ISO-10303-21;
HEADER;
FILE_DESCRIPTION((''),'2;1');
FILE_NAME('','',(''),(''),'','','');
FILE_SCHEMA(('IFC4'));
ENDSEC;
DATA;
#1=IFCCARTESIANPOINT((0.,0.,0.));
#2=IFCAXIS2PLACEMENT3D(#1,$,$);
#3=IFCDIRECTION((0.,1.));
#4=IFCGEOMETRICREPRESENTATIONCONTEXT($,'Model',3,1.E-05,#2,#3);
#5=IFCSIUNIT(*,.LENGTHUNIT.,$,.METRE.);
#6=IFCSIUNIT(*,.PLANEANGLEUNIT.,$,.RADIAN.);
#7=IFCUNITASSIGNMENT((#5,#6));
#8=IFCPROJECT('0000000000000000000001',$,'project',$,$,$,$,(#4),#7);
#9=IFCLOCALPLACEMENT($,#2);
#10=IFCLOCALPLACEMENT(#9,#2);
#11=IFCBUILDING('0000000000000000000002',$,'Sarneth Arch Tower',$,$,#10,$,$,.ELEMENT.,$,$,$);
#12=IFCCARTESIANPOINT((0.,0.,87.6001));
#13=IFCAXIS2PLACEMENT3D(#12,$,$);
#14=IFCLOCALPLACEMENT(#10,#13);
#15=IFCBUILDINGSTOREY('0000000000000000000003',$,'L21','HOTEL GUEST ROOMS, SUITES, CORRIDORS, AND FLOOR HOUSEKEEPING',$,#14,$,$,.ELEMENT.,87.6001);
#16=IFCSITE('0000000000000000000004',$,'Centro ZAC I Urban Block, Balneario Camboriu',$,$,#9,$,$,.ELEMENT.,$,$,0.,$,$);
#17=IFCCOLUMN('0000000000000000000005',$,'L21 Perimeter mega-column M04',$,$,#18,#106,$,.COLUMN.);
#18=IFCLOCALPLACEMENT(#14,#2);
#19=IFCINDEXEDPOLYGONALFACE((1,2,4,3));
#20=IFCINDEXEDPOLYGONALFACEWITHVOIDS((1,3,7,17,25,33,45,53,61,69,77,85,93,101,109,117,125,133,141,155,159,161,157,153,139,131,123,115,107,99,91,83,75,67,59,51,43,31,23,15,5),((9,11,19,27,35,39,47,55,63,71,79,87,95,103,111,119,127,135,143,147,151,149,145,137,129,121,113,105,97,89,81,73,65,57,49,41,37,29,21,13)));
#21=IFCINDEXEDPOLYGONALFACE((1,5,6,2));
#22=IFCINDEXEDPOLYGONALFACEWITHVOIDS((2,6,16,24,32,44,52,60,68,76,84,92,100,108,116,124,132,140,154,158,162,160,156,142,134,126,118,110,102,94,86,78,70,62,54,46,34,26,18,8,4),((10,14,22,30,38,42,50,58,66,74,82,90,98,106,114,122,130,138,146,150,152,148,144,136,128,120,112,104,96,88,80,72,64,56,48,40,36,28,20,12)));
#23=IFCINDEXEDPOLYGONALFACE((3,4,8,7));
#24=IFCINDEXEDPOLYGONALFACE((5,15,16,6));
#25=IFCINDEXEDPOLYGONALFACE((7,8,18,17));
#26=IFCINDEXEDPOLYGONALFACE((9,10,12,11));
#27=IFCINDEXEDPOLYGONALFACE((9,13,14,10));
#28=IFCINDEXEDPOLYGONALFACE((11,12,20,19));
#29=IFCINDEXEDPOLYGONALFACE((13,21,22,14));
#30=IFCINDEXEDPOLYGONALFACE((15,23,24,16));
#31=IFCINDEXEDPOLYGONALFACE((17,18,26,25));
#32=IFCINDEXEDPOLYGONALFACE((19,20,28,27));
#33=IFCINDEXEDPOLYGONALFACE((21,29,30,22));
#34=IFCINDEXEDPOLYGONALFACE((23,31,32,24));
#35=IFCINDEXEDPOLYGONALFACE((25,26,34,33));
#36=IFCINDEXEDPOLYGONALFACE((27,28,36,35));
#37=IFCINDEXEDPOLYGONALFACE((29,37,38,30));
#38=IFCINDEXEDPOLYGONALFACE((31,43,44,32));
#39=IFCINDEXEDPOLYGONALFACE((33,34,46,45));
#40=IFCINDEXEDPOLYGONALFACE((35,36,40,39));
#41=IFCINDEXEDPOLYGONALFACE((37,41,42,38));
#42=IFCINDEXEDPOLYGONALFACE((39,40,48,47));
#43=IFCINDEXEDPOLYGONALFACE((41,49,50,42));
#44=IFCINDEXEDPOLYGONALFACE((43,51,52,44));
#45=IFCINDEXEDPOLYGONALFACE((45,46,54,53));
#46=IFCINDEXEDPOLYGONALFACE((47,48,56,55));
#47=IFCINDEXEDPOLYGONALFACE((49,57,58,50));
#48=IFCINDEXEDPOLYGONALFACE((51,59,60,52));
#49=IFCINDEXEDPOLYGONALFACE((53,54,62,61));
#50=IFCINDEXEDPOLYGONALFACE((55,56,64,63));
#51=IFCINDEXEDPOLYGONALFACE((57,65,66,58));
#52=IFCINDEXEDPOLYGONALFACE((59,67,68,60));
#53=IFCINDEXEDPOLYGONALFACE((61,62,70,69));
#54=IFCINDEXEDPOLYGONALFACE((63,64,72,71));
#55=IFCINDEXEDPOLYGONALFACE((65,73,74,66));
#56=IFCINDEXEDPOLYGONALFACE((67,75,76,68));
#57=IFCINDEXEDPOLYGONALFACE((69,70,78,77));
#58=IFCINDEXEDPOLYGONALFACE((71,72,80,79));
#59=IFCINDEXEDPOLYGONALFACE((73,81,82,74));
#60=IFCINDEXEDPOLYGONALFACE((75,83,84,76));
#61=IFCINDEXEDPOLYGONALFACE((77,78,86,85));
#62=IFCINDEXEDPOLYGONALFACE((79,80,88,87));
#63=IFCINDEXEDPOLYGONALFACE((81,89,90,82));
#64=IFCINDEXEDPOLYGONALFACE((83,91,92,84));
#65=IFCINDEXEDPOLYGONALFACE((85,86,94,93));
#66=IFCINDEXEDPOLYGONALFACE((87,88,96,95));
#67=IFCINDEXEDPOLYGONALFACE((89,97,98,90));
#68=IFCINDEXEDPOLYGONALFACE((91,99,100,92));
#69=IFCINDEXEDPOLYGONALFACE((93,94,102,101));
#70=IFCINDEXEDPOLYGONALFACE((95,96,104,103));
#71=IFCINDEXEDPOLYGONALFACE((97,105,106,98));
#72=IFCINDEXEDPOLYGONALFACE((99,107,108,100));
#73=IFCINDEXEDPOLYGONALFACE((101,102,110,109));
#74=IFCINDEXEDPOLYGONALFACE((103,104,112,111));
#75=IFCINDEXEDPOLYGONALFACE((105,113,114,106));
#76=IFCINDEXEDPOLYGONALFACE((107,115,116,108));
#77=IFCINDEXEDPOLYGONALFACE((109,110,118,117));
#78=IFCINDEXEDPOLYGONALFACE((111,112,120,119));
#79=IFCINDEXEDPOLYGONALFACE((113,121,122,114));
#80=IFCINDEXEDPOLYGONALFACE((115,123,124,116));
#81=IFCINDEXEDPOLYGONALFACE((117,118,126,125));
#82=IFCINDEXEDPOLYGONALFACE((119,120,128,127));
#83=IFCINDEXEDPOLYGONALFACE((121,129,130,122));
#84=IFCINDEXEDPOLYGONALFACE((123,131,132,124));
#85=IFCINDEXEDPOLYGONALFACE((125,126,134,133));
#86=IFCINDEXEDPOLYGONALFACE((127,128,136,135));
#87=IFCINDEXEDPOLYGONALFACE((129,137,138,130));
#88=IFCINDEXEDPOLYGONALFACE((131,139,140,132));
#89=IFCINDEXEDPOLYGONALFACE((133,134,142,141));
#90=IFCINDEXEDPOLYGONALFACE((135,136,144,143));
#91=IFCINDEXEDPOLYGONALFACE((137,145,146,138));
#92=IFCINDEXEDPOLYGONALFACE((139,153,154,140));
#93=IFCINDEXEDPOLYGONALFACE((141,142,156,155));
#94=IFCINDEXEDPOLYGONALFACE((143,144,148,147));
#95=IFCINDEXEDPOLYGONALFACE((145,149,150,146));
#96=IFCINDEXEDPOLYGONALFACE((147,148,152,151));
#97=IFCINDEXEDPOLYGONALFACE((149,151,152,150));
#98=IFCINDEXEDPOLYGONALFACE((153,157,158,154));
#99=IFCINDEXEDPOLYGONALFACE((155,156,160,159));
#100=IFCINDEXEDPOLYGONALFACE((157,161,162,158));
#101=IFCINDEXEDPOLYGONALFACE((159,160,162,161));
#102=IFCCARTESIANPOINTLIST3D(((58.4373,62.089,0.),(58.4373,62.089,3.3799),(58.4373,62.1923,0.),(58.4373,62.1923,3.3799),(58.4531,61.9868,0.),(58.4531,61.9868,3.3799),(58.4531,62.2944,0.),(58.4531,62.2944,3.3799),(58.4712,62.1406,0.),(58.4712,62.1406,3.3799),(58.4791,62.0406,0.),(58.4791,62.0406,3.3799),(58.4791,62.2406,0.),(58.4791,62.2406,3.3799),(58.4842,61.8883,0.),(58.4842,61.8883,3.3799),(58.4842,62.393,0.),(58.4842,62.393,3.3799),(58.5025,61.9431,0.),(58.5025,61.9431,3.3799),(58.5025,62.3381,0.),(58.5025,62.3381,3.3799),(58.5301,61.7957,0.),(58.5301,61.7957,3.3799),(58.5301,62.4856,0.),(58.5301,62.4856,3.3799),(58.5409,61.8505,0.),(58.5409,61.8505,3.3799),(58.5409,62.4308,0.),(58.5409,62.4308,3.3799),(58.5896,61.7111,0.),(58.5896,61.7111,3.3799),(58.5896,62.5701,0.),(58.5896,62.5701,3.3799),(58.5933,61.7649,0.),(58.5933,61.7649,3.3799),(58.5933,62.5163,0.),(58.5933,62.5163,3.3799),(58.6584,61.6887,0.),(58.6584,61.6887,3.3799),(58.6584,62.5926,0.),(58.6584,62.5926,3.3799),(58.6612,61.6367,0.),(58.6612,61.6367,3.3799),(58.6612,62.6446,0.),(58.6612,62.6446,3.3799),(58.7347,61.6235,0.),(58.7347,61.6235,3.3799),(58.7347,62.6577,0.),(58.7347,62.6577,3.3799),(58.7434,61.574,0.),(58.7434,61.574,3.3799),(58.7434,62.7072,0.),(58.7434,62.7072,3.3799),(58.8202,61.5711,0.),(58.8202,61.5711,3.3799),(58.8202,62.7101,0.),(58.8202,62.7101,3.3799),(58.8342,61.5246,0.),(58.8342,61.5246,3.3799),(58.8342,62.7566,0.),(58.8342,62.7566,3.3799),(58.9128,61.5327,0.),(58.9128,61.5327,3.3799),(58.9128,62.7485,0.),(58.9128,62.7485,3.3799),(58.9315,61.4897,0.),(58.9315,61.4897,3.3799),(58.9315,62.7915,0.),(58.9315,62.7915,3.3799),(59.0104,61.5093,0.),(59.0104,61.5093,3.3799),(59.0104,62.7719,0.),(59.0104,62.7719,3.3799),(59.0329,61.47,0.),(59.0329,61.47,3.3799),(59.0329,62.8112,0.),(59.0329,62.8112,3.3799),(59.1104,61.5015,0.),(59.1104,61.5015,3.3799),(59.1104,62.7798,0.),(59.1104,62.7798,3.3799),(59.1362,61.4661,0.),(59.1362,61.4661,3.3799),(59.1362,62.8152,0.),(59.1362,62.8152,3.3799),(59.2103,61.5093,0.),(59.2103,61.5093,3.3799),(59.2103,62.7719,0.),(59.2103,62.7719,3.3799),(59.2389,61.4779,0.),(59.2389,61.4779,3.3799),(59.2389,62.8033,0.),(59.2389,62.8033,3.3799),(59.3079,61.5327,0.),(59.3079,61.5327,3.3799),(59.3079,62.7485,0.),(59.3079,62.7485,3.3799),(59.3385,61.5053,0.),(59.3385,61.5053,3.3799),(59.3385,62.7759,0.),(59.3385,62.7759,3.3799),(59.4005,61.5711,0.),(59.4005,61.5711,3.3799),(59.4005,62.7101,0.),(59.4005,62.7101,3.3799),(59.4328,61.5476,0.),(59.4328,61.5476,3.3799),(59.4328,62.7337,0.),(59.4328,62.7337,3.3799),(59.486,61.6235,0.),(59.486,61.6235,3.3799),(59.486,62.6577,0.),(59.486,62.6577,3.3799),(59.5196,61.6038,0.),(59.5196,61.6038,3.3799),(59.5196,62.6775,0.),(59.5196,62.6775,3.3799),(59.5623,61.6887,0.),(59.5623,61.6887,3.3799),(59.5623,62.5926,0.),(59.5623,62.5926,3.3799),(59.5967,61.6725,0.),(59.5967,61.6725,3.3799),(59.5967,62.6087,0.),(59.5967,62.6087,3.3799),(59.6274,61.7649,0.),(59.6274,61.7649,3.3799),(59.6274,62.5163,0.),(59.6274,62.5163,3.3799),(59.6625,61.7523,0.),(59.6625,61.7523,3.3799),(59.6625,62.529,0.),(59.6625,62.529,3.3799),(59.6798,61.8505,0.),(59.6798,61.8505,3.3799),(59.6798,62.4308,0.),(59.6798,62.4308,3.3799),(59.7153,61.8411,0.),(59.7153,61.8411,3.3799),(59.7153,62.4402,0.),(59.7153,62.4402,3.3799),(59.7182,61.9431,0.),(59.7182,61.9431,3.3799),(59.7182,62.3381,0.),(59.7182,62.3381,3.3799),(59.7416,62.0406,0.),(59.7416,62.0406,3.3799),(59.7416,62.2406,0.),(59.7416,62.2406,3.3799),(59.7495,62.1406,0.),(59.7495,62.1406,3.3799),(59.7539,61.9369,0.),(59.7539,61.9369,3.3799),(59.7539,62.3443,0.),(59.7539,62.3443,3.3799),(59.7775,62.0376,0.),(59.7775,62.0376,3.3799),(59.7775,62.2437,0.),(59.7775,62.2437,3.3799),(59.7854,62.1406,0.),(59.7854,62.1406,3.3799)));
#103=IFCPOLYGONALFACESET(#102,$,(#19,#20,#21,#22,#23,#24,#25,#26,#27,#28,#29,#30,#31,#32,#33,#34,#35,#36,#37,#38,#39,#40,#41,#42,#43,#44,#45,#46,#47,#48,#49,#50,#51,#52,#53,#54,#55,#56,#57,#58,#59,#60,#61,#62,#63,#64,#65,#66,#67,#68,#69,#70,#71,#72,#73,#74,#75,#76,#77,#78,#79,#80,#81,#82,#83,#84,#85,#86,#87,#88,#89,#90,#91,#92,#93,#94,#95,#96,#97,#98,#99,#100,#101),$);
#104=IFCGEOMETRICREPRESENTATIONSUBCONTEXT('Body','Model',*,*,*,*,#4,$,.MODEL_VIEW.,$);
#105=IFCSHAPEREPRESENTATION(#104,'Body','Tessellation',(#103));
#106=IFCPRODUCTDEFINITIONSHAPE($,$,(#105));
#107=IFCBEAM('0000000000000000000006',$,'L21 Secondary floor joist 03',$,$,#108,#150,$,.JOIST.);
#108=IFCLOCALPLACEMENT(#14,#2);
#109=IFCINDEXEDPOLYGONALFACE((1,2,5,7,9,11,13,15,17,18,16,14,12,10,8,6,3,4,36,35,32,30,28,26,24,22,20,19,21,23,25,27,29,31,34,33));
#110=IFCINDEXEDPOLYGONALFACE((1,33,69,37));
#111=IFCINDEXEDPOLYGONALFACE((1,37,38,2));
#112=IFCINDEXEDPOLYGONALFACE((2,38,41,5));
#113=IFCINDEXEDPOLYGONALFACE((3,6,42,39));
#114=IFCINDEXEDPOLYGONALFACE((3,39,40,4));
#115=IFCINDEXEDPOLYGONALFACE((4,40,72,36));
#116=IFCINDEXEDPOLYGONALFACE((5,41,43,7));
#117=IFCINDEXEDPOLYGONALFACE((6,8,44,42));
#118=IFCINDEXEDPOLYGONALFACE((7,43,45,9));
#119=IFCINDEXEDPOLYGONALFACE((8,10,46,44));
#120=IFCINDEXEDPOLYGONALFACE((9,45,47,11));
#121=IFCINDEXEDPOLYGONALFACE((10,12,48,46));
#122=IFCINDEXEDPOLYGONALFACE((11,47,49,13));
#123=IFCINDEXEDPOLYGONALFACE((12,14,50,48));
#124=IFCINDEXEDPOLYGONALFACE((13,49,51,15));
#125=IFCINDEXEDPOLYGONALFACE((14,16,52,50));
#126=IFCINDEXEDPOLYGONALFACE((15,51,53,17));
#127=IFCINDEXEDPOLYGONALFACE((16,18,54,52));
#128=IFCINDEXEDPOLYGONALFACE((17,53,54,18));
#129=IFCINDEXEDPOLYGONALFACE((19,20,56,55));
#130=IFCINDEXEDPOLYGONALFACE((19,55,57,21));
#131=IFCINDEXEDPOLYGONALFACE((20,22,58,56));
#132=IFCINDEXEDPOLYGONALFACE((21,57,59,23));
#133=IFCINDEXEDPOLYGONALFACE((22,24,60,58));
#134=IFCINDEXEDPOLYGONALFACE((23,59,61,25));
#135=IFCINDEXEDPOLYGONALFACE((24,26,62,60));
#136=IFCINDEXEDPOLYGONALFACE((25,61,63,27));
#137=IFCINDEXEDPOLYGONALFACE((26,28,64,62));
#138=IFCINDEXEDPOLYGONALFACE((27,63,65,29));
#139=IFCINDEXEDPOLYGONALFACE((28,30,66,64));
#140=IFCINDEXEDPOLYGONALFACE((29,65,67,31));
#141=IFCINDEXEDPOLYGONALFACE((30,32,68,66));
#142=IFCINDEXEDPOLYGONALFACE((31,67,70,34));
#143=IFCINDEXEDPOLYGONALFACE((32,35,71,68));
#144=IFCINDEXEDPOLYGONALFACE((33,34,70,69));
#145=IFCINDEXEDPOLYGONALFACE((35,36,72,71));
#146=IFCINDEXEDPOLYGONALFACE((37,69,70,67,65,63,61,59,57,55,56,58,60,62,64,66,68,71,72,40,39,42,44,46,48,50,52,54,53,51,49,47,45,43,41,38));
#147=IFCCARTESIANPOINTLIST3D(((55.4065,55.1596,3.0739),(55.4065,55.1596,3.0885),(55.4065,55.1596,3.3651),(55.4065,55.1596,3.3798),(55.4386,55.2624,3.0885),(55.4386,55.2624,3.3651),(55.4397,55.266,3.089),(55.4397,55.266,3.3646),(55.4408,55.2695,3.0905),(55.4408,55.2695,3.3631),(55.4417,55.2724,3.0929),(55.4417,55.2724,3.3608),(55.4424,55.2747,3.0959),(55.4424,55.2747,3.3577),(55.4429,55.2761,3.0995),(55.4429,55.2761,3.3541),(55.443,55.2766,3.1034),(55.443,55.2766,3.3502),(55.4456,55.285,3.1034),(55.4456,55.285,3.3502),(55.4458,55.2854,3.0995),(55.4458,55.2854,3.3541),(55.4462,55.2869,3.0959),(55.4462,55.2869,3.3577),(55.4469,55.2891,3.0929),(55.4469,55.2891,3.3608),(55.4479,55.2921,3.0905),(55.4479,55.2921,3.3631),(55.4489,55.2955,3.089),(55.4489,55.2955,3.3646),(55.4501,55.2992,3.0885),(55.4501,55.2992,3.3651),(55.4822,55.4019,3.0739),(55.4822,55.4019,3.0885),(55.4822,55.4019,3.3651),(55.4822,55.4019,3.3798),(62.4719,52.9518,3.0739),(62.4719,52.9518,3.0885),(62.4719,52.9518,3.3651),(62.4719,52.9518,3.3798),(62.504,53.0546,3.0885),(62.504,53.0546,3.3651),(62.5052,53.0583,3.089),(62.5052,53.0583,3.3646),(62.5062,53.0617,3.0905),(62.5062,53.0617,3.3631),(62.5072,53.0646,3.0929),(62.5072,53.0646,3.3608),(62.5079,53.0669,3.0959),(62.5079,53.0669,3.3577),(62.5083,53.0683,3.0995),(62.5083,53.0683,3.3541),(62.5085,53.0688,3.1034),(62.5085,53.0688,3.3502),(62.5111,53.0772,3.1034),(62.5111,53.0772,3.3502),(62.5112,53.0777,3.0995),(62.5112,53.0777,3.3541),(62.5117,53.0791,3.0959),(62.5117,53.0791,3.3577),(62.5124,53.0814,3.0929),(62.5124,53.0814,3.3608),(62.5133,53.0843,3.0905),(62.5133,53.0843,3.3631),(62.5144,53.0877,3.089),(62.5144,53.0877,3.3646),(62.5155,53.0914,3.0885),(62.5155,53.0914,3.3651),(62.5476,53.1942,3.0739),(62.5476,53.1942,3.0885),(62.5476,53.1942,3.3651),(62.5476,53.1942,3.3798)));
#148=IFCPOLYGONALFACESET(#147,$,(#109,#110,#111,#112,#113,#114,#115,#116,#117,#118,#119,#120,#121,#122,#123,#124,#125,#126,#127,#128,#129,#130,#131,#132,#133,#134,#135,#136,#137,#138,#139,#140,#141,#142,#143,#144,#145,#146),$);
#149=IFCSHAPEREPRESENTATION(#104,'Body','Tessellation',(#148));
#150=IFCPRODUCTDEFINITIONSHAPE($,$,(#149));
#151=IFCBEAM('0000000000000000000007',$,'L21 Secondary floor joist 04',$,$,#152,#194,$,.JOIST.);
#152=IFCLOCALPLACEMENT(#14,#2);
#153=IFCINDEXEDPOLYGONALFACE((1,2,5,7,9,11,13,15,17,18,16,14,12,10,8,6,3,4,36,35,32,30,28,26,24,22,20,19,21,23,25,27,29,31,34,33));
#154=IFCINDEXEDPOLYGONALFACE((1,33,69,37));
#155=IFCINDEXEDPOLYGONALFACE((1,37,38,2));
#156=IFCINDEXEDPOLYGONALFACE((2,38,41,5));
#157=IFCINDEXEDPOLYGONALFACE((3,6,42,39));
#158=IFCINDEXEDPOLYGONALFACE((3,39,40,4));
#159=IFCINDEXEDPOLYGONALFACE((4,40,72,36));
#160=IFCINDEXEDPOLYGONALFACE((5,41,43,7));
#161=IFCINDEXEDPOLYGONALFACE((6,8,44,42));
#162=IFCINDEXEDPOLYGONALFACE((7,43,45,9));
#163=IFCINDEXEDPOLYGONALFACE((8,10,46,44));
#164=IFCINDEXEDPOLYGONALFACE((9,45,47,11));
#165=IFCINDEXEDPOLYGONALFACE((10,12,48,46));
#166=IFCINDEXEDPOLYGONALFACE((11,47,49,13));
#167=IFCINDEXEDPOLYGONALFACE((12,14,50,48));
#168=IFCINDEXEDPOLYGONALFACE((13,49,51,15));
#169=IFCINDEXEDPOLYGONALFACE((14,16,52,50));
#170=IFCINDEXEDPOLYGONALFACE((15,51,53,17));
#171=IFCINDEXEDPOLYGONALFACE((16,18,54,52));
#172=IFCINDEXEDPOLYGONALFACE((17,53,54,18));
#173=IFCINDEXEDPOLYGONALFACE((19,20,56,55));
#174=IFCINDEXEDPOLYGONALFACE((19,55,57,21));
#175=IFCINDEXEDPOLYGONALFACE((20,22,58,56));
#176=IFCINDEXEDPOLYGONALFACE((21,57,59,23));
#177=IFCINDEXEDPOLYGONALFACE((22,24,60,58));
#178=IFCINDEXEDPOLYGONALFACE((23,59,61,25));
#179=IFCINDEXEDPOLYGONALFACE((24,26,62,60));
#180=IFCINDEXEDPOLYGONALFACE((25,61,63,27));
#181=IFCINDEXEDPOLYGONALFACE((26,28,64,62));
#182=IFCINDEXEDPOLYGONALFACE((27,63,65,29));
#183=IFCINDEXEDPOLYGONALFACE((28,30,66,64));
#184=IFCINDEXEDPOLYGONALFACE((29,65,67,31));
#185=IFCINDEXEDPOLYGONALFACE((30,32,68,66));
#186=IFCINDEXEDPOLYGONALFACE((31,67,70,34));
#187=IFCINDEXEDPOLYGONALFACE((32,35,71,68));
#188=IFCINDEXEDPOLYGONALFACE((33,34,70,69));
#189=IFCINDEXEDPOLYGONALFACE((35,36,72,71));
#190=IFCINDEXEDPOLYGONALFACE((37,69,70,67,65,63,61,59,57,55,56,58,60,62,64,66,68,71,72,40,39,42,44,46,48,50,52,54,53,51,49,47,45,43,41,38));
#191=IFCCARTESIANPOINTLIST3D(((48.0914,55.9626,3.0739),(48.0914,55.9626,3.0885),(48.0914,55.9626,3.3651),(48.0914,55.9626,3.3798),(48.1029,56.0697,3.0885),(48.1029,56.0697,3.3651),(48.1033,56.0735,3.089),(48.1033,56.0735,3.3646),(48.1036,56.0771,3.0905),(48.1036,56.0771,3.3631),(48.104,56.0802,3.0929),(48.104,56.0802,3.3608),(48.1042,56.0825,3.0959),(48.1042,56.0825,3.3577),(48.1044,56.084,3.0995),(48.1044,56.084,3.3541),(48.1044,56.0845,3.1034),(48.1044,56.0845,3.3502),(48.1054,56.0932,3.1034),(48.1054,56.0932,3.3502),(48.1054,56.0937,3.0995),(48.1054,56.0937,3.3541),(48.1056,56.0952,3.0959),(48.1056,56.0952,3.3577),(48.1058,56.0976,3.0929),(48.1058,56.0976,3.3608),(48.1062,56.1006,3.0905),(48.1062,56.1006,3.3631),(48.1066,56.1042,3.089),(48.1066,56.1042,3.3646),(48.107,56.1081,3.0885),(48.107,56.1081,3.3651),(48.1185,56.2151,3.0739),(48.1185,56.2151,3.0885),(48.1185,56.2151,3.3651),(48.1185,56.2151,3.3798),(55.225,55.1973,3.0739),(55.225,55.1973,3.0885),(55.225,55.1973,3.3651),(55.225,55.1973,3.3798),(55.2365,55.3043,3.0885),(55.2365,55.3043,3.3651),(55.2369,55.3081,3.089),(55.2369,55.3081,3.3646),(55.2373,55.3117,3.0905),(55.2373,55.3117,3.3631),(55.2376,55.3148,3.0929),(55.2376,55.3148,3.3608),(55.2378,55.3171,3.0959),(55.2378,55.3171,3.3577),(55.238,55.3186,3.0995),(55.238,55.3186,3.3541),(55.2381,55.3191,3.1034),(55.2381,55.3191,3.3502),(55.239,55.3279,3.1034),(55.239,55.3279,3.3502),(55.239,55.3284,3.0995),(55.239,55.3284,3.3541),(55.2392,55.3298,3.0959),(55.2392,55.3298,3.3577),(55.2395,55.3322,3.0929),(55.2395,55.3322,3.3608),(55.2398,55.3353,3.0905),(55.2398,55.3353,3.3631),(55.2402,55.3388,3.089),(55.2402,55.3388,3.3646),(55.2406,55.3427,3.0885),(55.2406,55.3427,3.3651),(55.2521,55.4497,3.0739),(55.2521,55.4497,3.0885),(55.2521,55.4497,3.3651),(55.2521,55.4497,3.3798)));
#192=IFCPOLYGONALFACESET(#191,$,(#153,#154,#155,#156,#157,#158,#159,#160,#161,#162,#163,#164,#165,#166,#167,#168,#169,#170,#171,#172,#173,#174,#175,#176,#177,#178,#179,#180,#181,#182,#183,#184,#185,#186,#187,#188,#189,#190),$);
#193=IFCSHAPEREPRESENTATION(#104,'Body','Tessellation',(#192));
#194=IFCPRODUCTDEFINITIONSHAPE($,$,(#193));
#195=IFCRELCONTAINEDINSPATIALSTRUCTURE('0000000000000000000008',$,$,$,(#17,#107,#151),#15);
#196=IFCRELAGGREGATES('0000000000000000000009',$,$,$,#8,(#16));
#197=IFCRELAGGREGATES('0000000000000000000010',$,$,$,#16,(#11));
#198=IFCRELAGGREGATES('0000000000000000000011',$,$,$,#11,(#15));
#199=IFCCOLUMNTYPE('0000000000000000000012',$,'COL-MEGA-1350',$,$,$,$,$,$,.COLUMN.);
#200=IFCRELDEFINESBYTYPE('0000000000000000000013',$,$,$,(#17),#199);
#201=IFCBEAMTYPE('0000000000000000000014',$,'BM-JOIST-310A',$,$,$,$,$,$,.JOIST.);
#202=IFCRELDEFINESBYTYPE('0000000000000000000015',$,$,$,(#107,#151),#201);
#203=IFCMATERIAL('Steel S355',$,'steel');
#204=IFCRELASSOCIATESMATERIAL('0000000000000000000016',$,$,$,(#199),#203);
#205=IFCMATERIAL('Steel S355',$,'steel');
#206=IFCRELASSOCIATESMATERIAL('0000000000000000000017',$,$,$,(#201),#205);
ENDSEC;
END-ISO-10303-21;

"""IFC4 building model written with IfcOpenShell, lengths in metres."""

from ifc_helpers import new_model, si_unit, direction, frame, origin, origin_2d, place, context, subcontext, project, spatial, hollow_circle, i_section, extrude, material, material_profile, profile_set, type_object, element, save


model = new_model("IFC4")

# Units and contexts
model_context = context("Model", 3, precision=1e-05, world=origin(), true_north=direction((0.0, 1.0)))
body_context = subcontext(model_context, "Body", "Model", "MODEL_VIEW")
ifc_project = project(units=[si_unit("LENGTHUNIT", "METRE"), si_unit("PLANEANGLEUNIT", "RADIAN")], contexts=[model_context])

# Site, building, storey
site_placement = place(None, origin())
site = spatial("IfcSite", under=ifc_project, at=site_placement, Name="Centro ZAC I Urban Block, Balneario Camboriu", CompositionType="ELEMENT", RefElevation=0.0)
building_placement = place(site_placement, origin())
building = spatial("IfcBuilding", under=site, at=building_placement, Name="Sarneth Arch Tower", CompositionType="ELEMENT")
storey_placement = place(building_placement, frame((0.0, 0.0, 87.6001)))
storey = spatial("IfcBuildingStorey", under=building, at=storey_placement, Name="L21", Description="HOTEL GUEST ROOMS, SUITES, CORRIDORS, AND FLOOR HOUSEKEEPING", CompositionType="ELEMENT", Elevation=87.6001)

# Column
ifc_material_1 = material(Name="Steel S355", Category="steel")
ifc_material_profile_1 = material_profile(ifc_material_1, hollow_circle(Radius=0.675, WallThickness=0.0359, at=origin_2d()), Name="CHS1350x36")
ifc_profile_set_1 = profile_set([ifc_material_profile_1], Name="Steel S355")
column_type = type_object("IfcColumnType", Name="COL-MEGA-1350", PredefinedType="COLUMN", material=ifc_profile_set_1)
column_placement = place(storey_placement, frame((59.1104, 62.1406, 0.0), z_axis=(0.0, 0.0, 1.0), x_axis=(1.0, 0.0, 0.0)))
element("IfcColumn", 1, at=column_placement, inside=storey, type_object=column_type, Name="L21 Perimeter mega-column M04", PredefinedType="COLUMN", context=body_context, shape_type="SweptSolid", body=[
    extrude(hollow_circle(Radius=0.675, WallThickness=0.0359, at=origin_2d()), origin(), (0.0, 0.0, 1.0), 3.3799),
])

# Beams
ifc_material_2 = material(Name="Steel S355", Category="steel")
ifc_material_profile_2 = material_profile(ifc_material_2, i_section(OverallWidth=0.2539, OverallDepth=0.3059, WebThickness=0.0088, FlangeThickness=0.0146, FilletRadius=0.0149, at=origin_2d()), Name="W310x79")
ifc_profile_set_2 = profile_set([ifc_material_profile_2], Name="Steel S355")
beam_type_1 = type_object("IfcBeamType", Name="BM-JOIST-310A", PredefinedType="JOIST", material=ifc_profile_set_2)
beam_1_placement = place(storey_placement, frame((62.5098, 53.073, 3.2268), z_axis=(-0.954487, 0.298252, 0.0), x_axis=(-0.298252, -0.954487, 0.0)))
element("IfcBeam", 2, at=beam_1_placement, inside=storey, type_object=beam_type_1, Name="L21 Secondary floor joist 03", PredefinedType="JOIST", context=body_context, shape_type="SweptSolid", body=[
    extrude(i_section(OverallWidth=0.2539, OverallDepth=0.3059, WebThickness=0.0088, FlangeThickness=0.0146, FilletRadius=0.0149, at=origin_2d()), origin(), (0.0, 0.0, 1.0), 7.4023),
])
beam_2_placement = place(storey_placement, frame((55.2385, 55.3235, 3.2268), z_axis=(-0.994293, 0.106681, 0.0), x_axis=(-0.106681, -0.994293, 0.0)))
element("IfcBeam", 3, at=beam_2_placement, inside=storey, type_object=beam_type_1, Name="L21 Secondary floor joist 04", PredefinedType="JOIST", context=body_context, shape_type="SweptSolid", body=[
    extrude(i_section(OverallWidth=0.2539, OverallDepth=0.3059, WebThickness=0.0088, FlangeThickness=0.0146, FilletRadius=0.0149, at=origin_2d()), origin(), (0.0, 0.0, 1.0), 7.1746),
])

save(model, "model.ifc")
